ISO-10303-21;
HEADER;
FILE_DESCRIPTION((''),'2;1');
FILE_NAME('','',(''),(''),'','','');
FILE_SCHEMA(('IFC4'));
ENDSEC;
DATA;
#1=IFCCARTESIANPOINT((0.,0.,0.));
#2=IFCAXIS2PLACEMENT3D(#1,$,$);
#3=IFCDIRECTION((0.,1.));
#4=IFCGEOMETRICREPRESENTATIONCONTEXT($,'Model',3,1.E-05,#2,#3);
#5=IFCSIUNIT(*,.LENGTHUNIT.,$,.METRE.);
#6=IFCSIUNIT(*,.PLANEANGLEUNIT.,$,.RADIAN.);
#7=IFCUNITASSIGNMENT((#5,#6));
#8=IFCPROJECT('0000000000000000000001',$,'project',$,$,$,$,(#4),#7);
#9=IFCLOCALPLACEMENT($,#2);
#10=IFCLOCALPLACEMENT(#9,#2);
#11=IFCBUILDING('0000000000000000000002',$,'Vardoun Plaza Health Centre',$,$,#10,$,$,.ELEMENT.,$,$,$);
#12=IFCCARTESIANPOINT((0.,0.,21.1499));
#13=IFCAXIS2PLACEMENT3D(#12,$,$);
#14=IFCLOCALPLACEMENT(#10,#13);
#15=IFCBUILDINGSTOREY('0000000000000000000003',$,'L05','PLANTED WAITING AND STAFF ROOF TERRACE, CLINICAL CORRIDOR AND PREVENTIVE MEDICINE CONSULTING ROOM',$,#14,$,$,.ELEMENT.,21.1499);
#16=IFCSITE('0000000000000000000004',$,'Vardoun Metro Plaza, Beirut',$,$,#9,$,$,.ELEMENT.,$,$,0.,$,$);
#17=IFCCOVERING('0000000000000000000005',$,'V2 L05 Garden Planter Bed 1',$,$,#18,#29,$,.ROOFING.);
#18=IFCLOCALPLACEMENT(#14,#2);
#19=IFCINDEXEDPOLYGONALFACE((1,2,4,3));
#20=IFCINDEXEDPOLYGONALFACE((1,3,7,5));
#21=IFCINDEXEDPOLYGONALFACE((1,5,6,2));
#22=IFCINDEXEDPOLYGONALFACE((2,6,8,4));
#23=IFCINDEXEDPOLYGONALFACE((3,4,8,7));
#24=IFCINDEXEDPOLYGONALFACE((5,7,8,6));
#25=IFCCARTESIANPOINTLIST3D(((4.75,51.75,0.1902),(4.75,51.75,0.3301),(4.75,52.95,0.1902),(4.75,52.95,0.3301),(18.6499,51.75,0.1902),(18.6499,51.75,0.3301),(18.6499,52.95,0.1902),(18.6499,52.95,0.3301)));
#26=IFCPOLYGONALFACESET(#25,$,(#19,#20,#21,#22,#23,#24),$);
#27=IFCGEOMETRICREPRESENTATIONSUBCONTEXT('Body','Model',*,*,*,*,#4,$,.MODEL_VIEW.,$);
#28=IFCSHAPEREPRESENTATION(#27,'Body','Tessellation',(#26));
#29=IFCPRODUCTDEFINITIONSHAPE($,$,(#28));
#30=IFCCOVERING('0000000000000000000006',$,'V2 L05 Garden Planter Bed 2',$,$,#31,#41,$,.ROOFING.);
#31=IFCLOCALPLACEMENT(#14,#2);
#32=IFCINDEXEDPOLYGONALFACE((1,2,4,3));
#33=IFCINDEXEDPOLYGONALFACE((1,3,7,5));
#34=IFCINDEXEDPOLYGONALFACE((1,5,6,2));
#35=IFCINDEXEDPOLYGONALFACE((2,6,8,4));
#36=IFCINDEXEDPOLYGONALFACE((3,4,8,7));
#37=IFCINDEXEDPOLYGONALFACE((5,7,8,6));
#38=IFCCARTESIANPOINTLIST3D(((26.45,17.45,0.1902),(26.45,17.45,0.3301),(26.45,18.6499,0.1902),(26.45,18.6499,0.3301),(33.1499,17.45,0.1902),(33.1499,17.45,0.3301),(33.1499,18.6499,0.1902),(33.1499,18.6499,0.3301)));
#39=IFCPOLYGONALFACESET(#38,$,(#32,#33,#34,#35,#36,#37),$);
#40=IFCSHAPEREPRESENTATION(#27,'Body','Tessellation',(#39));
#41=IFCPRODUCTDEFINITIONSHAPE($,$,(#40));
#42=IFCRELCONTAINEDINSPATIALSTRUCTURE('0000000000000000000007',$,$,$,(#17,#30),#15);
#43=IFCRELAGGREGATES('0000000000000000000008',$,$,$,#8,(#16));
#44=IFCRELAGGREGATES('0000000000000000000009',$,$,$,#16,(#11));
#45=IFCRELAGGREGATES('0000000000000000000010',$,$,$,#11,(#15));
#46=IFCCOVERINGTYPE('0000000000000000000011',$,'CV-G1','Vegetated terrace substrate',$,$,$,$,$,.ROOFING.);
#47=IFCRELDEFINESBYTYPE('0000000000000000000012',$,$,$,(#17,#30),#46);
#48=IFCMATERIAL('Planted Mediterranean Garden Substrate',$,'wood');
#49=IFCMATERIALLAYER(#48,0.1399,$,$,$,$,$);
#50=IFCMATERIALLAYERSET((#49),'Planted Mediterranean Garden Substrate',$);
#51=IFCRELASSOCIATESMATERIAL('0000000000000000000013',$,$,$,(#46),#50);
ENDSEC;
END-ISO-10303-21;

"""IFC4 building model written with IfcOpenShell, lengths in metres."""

from ifc_helpers import new_model, si_unit, direction, frame, origin, place, context, subcontext, project, spatial, polyline, outline, extrude, material, layer, layer_set, type_object, element, save


model = new_model("IFC4")

# Units and contexts
model_context = context("Model", 3, precision=1e-05, world=origin(), true_north=direction((0.0, 1.0)))
body_context = subcontext(model_context, "Body", "Model", "MODEL_VIEW")
ifc_project = project(units=[si_unit("LENGTHUNIT", "METRE"), si_unit("PLANEANGLEUNIT", "RADIAN")], contexts=[model_context])

# Site, building, storey
site_placement = place(None, origin())
site = spatial("IfcSite", under=ifc_project, at=site_placement, Name="Vardoun Metro Plaza, Beirut", CompositionType="ELEMENT", RefElevation=0.0)
building_placement = place(site_placement, origin())
building = spatial("IfcBuilding", under=site, at=building_placement, Name="Vardoun Plaza Health Centre", CompositionType="ELEMENT")
storey_placement = place(building_placement, frame((0.0, 0.0, 21.1499)))
storey = spatial("IfcBuildingStorey", under=building, at=storey_placement, Name="L05", Description="PLANTED WAITING AND STAFF ROOF TERRACE, CLINICAL CORRIDOR AND PREVENTIVE MEDICINE CONSULTING ROOM", CompositionType="ELEMENT", Elevation=21.1499)

# Coverings
ifc_material_1 = material(Name="Planted Mediterranean Garden Substrate", Category="wood")
ifc_layer_1 = layer(ifc_material_1, 0.1399)
ifc_layer_set_1 = layer_set([ifc_layer_1], Name="Planted Mediterranean Garden Substrate")
covering_type_1 = type_object("IfcCoveringType", Name="CV-G1", Description="Vegetated terrace substrate", PredefinedType="ROOFING", material=ifc_layer_set_1)
covering_1_placement = place(storey_placement, frame((0.0, 0.0, 0.1902)))
element("IfcCovering", 1, at=covering_1_placement, inside=storey, type_object=covering_type_1, Name="V2 L05 Garden Planter Bed 1", PredefinedType="ROOFING", context=body_context, shape_type="SweptSolid", body=[
    extrude(outline(polyline([(4.75, 51.75), (18.6499, 51.75), (18.6499, 52.95), (4.75, 52.95), (4.75, 51.75)])), origin(), (0.0, 0.0, 1.0), 0.1399),
])
covering_2_placement = place(storey_placement, frame((0.0, 0.0, 0.1902)))
element("IfcCovering", 2, at=covering_2_placement, inside=storey, type_object=covering_type_1, Name="V2 L05 Garden Planter Bed 2", PredefinedType="ROOFING", context=body_context, shape_type="SweptSolid", body=[
    extrude(outline(polyline([(26.45, 17.45), (33.1499, 17.45), (33.1499, 18.6499), (26.45, 18.6499), (26.45, 17.45)])), origin(), (0.0, 0.0, 1.0), 0.1399),
])

save(model, "model.ifc")
